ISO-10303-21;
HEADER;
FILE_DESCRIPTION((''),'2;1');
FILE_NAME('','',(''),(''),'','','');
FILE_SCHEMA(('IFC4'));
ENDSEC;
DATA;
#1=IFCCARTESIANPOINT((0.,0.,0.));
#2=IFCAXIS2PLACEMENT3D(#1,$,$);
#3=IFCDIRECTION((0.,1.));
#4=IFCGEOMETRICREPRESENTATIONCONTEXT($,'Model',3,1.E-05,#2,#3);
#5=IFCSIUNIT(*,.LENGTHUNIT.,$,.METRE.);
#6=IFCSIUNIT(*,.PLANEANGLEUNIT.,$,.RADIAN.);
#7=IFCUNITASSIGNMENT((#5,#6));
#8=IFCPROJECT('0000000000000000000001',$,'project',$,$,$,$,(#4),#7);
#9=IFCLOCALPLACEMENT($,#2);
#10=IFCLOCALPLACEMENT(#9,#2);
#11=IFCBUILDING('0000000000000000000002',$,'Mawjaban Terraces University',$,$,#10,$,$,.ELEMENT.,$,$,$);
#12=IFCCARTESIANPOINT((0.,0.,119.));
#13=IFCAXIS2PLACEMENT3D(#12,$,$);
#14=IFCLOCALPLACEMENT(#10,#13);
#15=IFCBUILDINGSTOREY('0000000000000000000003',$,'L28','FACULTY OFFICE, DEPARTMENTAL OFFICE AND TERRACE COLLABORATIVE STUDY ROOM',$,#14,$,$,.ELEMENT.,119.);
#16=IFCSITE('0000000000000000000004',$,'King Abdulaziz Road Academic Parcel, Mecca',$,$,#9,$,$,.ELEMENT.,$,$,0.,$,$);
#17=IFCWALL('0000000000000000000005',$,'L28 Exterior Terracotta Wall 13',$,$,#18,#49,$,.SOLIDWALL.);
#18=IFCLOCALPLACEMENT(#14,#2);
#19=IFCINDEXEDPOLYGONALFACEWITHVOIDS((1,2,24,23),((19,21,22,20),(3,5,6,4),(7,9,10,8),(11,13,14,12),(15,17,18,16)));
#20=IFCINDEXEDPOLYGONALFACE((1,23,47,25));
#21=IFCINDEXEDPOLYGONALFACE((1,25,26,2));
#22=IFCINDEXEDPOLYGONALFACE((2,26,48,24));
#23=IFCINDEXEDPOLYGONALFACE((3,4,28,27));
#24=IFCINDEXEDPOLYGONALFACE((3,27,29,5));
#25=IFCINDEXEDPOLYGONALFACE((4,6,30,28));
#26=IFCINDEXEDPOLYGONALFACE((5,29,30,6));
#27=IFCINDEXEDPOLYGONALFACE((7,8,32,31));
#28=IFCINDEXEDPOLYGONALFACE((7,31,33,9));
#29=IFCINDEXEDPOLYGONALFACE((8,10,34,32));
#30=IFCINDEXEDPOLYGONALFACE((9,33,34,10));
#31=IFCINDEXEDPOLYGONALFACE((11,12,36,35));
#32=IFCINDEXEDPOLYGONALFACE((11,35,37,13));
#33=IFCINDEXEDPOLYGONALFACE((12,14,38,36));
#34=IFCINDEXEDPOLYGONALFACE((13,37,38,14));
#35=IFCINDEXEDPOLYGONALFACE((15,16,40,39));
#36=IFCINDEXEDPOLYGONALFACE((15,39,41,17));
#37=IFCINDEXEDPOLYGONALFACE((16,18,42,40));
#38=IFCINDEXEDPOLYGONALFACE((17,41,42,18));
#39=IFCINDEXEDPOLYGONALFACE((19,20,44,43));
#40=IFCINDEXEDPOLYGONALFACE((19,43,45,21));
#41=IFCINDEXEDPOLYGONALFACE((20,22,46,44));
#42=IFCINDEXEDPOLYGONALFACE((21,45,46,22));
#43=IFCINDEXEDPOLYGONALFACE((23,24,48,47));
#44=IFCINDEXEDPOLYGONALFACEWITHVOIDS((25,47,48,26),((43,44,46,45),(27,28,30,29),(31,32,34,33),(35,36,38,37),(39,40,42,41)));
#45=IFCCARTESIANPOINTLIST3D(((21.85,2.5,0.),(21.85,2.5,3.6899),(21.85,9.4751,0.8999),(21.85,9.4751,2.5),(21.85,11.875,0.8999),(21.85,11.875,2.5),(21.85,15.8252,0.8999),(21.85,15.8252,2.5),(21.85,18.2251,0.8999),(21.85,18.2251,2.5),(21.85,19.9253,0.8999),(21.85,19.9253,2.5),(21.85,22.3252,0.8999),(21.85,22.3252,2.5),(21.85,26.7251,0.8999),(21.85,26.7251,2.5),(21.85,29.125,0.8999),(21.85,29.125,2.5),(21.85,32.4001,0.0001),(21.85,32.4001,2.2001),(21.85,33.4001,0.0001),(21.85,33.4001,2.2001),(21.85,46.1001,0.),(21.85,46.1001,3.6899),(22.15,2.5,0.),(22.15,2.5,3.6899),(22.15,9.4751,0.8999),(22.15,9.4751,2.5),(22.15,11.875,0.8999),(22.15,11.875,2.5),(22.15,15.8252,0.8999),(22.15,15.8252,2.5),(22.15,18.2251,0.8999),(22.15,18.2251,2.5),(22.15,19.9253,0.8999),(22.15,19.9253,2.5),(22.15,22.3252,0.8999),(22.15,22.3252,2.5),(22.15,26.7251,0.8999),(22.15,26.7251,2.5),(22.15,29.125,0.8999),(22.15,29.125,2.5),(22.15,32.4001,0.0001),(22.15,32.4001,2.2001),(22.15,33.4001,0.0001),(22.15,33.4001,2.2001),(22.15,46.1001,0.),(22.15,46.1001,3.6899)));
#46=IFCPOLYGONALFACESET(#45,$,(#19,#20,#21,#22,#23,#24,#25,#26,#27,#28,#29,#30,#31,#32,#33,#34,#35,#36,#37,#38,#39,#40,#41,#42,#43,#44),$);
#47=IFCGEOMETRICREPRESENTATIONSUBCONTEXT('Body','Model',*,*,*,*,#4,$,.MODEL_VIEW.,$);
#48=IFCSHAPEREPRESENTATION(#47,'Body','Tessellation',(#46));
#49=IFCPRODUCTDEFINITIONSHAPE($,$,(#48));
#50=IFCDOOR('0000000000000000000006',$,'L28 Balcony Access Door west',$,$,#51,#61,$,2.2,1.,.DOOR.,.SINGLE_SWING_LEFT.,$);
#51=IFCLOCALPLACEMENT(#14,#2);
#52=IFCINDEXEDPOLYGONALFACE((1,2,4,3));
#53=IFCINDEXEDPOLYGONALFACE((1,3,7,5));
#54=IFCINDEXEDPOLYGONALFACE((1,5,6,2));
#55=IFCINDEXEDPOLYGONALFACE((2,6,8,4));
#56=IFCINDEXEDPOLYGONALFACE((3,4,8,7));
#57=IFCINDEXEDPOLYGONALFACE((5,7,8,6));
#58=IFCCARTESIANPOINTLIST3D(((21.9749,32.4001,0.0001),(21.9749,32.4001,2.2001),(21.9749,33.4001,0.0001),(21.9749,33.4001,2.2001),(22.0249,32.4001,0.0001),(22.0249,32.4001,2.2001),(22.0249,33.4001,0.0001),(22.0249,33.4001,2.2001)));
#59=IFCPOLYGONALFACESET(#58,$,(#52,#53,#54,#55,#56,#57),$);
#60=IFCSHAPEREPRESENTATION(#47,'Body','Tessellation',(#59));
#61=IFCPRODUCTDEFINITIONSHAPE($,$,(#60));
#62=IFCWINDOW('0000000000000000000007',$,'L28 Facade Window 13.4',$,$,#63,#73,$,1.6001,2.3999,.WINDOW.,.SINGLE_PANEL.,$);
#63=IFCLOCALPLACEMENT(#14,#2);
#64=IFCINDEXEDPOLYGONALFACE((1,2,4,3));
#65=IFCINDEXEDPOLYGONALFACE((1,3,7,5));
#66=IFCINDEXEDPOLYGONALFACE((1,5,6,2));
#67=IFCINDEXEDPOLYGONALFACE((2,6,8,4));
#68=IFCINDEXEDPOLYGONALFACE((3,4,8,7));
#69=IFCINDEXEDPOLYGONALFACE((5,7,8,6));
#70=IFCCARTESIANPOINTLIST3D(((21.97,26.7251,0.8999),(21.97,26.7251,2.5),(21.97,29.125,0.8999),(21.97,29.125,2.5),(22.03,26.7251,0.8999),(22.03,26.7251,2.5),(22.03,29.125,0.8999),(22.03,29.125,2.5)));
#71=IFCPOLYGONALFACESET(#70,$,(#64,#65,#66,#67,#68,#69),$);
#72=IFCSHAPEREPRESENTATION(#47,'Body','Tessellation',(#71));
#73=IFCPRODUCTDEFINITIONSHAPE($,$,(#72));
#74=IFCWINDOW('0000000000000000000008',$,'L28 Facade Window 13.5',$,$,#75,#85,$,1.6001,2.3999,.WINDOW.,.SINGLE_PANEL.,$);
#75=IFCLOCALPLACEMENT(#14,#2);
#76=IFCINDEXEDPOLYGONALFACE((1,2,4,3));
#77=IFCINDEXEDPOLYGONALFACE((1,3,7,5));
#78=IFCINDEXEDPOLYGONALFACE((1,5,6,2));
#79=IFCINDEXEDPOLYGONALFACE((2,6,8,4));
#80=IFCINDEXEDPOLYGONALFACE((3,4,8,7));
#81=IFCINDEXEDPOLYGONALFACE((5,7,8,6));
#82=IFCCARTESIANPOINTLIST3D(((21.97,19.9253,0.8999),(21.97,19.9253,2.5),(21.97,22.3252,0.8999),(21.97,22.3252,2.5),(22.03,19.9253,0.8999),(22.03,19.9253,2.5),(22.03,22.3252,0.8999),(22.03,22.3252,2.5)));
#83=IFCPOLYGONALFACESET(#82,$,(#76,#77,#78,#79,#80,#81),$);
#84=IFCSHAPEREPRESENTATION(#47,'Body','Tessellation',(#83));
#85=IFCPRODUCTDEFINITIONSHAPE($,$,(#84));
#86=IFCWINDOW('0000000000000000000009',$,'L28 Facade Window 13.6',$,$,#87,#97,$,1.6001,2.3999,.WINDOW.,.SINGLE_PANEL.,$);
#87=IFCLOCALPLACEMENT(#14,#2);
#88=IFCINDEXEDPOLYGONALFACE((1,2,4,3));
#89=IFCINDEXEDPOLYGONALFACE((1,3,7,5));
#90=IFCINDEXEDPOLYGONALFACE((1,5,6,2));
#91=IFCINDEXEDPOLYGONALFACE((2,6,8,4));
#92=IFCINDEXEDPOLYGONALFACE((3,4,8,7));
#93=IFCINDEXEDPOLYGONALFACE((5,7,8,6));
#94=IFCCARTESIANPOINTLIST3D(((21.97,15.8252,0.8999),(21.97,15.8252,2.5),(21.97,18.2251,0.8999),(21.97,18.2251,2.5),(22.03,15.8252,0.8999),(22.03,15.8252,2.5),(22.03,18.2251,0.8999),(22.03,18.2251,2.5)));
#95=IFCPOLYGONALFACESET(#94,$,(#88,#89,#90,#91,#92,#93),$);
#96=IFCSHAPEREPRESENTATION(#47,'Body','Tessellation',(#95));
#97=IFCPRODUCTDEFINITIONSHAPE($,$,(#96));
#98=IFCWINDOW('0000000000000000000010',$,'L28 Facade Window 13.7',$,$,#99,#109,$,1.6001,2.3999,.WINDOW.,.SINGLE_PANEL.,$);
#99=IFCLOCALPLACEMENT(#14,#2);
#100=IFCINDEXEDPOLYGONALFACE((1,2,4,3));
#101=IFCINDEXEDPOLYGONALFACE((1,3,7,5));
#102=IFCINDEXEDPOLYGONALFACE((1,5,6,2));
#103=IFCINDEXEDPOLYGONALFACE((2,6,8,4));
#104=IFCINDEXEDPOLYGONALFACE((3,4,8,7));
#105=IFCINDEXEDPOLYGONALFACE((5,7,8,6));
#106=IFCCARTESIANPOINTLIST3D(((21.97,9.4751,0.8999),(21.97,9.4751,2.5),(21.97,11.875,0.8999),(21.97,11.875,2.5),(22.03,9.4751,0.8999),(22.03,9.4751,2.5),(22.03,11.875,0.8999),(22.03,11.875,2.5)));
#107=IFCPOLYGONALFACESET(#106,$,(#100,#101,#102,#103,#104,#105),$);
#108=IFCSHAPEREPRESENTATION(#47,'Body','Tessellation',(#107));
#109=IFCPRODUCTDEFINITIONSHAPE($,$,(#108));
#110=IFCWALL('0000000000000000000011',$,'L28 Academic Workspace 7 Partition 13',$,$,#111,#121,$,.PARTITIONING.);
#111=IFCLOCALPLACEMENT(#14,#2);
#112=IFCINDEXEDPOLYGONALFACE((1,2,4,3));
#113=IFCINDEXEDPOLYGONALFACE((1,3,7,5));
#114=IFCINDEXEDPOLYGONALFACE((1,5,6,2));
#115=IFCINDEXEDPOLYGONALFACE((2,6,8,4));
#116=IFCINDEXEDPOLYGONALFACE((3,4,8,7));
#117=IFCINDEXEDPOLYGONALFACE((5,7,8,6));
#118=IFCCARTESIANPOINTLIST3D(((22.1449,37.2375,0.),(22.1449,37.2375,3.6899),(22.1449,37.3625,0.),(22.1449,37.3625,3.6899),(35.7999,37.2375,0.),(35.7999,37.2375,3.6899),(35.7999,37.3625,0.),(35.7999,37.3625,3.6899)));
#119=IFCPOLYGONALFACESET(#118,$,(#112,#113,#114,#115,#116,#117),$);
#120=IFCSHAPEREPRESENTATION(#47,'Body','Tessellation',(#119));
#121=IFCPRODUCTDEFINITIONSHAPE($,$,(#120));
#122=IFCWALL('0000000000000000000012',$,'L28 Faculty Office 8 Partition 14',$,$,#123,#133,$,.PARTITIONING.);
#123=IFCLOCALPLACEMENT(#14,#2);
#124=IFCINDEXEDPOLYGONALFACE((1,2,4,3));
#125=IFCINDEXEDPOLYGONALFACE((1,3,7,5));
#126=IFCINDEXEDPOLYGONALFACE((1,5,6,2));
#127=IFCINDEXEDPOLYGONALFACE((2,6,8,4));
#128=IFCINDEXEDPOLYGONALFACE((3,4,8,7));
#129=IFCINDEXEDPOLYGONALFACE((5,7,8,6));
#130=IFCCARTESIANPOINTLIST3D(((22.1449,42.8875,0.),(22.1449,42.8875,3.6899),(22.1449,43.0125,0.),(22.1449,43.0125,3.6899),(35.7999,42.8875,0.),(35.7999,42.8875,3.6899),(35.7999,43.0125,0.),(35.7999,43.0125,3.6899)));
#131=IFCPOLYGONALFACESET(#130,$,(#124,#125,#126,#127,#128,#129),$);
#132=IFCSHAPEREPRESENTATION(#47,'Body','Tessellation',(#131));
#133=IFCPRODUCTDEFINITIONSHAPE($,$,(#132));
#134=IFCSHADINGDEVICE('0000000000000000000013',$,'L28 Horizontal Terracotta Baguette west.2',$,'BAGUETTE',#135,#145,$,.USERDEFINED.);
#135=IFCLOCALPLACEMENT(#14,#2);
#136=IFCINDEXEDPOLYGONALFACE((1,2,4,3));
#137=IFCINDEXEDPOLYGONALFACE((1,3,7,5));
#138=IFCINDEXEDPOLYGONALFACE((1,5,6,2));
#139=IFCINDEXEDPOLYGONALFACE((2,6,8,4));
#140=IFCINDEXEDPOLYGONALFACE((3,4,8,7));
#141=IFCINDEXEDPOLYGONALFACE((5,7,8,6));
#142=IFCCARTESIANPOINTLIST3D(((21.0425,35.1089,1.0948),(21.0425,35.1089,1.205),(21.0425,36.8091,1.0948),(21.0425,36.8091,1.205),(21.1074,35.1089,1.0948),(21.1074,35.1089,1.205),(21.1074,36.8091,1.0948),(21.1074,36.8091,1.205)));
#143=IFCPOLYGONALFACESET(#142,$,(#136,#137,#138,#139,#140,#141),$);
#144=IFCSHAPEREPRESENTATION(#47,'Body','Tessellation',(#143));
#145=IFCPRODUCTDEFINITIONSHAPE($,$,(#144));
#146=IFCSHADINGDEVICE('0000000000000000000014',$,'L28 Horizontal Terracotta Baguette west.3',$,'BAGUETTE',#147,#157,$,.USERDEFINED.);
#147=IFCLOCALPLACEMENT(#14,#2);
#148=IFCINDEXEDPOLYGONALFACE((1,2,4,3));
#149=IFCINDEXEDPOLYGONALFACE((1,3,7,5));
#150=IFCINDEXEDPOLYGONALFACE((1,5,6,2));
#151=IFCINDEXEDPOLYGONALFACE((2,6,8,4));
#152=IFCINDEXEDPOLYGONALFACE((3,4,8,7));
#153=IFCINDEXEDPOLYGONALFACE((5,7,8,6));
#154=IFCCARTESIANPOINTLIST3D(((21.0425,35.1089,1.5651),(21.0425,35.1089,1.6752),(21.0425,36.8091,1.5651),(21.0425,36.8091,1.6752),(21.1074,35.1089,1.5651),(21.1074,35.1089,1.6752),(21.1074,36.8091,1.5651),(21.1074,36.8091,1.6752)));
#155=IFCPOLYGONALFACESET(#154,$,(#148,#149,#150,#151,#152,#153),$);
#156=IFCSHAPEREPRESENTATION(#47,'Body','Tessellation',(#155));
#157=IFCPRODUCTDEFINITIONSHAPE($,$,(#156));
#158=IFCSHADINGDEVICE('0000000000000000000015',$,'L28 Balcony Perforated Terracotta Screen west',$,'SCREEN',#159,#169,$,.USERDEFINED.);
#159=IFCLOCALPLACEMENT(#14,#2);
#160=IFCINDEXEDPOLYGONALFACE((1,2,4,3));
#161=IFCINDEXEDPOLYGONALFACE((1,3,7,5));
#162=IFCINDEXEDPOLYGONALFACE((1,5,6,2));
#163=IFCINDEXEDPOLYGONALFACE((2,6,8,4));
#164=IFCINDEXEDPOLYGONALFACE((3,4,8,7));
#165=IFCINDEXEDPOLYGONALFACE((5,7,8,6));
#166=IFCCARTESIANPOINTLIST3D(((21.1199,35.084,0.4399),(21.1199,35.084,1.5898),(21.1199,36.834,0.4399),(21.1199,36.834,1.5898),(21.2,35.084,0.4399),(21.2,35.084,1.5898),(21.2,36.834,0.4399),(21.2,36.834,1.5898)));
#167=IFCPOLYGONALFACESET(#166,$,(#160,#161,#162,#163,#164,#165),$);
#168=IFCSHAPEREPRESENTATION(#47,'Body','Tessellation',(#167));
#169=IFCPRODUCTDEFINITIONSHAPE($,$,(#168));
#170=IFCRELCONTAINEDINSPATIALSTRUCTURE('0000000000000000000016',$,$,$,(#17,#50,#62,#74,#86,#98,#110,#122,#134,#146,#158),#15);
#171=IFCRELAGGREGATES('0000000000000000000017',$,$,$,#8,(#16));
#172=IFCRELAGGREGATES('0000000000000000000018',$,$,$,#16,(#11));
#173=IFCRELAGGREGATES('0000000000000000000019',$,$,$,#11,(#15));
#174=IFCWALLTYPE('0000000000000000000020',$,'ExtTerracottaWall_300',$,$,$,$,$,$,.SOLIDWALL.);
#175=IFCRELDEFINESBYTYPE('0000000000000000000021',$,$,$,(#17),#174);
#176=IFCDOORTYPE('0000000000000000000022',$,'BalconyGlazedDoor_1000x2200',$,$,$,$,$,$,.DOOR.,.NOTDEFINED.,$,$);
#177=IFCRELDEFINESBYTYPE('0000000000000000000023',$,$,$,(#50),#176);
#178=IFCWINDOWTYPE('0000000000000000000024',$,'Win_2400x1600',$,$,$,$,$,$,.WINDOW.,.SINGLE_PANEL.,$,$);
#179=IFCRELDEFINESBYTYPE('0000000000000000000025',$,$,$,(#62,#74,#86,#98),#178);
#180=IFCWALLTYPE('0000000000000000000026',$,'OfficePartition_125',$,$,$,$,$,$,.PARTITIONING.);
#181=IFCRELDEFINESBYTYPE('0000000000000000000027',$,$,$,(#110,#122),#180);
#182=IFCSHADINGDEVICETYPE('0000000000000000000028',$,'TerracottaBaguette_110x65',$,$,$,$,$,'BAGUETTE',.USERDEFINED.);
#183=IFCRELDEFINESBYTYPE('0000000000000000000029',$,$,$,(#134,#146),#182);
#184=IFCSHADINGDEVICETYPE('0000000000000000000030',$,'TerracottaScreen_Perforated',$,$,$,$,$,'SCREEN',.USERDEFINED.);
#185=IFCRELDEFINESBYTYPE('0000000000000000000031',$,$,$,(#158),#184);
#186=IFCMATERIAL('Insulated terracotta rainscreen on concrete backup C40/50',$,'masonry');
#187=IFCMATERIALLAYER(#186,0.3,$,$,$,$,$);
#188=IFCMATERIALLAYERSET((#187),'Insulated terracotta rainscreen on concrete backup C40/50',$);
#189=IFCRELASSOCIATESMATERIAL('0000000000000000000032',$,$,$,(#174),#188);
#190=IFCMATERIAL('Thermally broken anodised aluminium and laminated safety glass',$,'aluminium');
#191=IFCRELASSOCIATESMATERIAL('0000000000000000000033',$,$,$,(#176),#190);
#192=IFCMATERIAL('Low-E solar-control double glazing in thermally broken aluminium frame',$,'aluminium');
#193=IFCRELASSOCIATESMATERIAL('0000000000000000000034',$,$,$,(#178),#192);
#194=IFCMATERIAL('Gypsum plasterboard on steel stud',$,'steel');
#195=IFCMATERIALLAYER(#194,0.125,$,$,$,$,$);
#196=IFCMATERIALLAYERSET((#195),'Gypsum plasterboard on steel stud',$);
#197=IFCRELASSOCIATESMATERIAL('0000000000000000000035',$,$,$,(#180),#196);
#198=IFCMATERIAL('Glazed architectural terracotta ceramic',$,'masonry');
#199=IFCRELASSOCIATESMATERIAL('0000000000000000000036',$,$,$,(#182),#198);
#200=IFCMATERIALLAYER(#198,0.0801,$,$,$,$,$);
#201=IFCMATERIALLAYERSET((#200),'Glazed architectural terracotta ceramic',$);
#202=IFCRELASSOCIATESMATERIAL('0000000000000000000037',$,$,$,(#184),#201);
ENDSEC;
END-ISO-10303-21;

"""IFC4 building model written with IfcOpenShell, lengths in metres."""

from ifc_helpers import new_model, si_unit, direction, frame, frame_2d, origin, origin_2d, place, context, subcontext, project, spatial, rectangle, extrude, material, layer, layer_set, material_profile, profile_set, type_object, element, fill, save


model = new_model("IFC4")

# Units and contexts
model_context = context("Model", 3, precision=1e-05, world=origin(), true_north=direction((0.0, 1.0)))
body_context = subcontext(model_context, "Body", "Model", "MODEL_VIEW")
ifc_project = project(units=[si_unit("LENGTHUNIT", "METRE"), si_unit("PLANEANGLEUNIT", "RADIAN")], contexts=[model_context])

# Site, building, storey
site_placement = place(None, origin())
site = spatial("IfcSite", under=ifc_project, at=site_placement, Name="King Abdulaziz Road Academic Parcel, Mecca", CompositionType="ELEMENT", RefElevation=0.0)
building_placement = place(site_placement, origin())
building = spatial("IfcBuilding", under=site, at=building_placement, Name="Mawjaban Terraces University", CompositionType="ELEMENT")
storey_placement = place(building_placement, frame((0.0, 0.0, 119.0)))
storey = spatial("IfcBuildingStorey", under=building, at=storey_placement, Name="L28", Description="FACULTY OFFICE, DEPARTMENTAL OFFICE AND TERRACE COLLABORATIVE STUDY ROOM", CompositionType="ELEMENT", Elevation=119.0)

# Shared definitions
ifc_material_1 = material(Name="Insulated terracotta rainscreen on concrete backup C40/50", Category="masonry")
ifc_layer_1 = layer(ifc_material_1, 0.3)
ifc_layer_set_1 = layer_set([ifc_layer_1], Name="Insulated terracotta rainscreen on concrete backup C40/50")
wall_type_1 = type_object("IfcWallType", Name="ExtTerracottaWall_300", PredefinedType="SOLIDWALL", material=ifc_layer_set_1)
ifc_material_2 = material(Name="Low-E solar-control double glazing in thermally broken aluminium frame", Category="aluminium")

# Wall, openings, door, windows
wall_1_placement = place(storey_placement, frame((22.0, 46.1001, 0.0), z_axis=(0.0, 0.0, 1.0), x_axis=(0.0, -1.0, 0.0)))
wall_1 = element("IfcWall", 1, at=wall_1_placement, inside=storey, type_object=wall_type_1, Name="L28 Exterior Terracotta Wall 13", PredefinedType="SOLIDWALL", context=body_context, shape_type="SweptSolid", body=[
    extrude(rectangle(XDim=43.6001, YDim=0.3, at=frame_2d((21.8, 0.0))), origin(), (0.0, 0.0, 1.0), 3.6899),
])
opening_1_placement = place(wall_1_placement, frame((12.7, 0.0, 0.0)))
opening_1 = element("IfcOpeningElement", 2, at=opening_1_placement, cuts=wall_1, PredefinedType="OPENING", context=body_context, shape_type="SweptSolid", body=[
    extrude(rectangle(XDim=1.0, YDim=2.2, at=frame_2d((0.5, 1.1001))), frame((0.0, 0.1599, 0.0), z_axis=(0.0, -1.0, 0.0), x_axis=(1.0, 0.0, 0.0)), (0.0, 0.0, 1.0), 0.3201),
])
opening_2_placement = place(wall_1_placement, frame((16.9751, 0.0, 0.8999)))
opening_2 = element("IfcOpeningElement", 3, at=opening_2_placement, cuts=wall_1, PredefinedType="OPENING", context=body_context, shape_type="SweptSolid", body=[
    extrude(rectangle(XDim=2.3999, YDim=1.6001, at=frame_2d((1.2, 0.8))), frame((0.0, 0.1599, 0.0), z_axis=(0.0, -1.0, 0.0), x_axis=(1.0, 0.0, 0.0)), (0.0, 0.0, 1.0), 0.3201),
])
opening_3_placement = place(wall_1_placement, frame((23.7749, 0.0, 0.8999)))
opening_3 = element("IfcOpeningElement", 4, at=opening_3_placement, cuts=wall_1, PredefinedType="OPENING", context=body_context, shape_type="SweptSolid", body=[
    extrude(rectangle(XDim=2.3999, YDim=1.6001, at=frame_2d((1.2, 0.8))), frame((0.0, 0.1599, 0.0), z_axis=(0.0, -1.0, 0.0), x_axis=(1.0, 0.0, 0.0)), (0.0, 0.0, 1.0), 0.3201),
])
opening_4_placement = place(wall_1_placement, frame((27.875, 0.0, 0.8999)))
opening_4 = element("IfcOpeningElement", 5, at=opening_4_placement, cuts=wall_1, PredefinedType="OPENING", context=body_context, shape_type="SweptSolid", body=[
    extrude(rectangle(XDim=2.3999, YDim=1.6001, at=frame_2d((1.2, 0.8))), frame((0.0, 0.1599, 0.0), z_axis=(0.0, -1.0, 0.0), x_axis=(1.0, 0.0, 0.0)), (0.0, 0.0, 1.0), 0.3201),
])
opening_5_placement = place(wall_1_placement, frame((34.2251, 0.0, 0.8999)))
opening_5 = element("IfcOpeningElement", 6, at=opening_5_placement, cuts=wall_1, PredefinedType="OPENING", context=body_context, shape_type="SweptSolid", body=[
    extrude(rectangle(XDim=2.3999, YDim=1.6001, at=frame_2d((1.2, 0.8))), frame((0.0, 0.1599, 0.0), z_axis=(0.0, -1.0, 0.0), x_axis=(1.0, 0.0, 0.0)), (0.0, 0.0, 1.0), 0.3201),
])
ifc_material_3 = material(Name="Thermally broken anodised aluminium and laminated safety glass", Category="aluminium")
door_type_1 = type_object("IfcDoorType", Name="BalconyGlazedDoor_1000x2200", OperationType="NOTDEFINED", PredefinedType="DOOR", material=ifc_material_3)
door_1_placement = place(opening_1_placement, origin())
door_1 = element("IfcDoor", 7, at=door_1_placement, inside=storey, type_object=door_type_1, Name="L28 Balcony Access Door west", OperationType="SINGLE_SWING_LEFT", OverallHeight=2.2, OverallWidth=1.0, PredefinedType="DOOR", context=body_context, shape_type="SweptSolid", body=[
    extrude(rectangle(XDim=1.0, YDim=2.2, at=frame_2d((0.5, 1.1001))), frame((0.0, 0.0249, 0.0), z_axis=(0.0, -1.0, 0.0), x_axis=(1.0, 0.0, 0.0)), (0.0, 0.0, 1.0), 0.05),
])
fill(opening_1, door_1)
window_type_1 = type_object("IfcWindowType", Name="Win_2400x1600", PartitioningType="SINGLE_PANEL", PredefinedType="WINDOW", material=ifc_material_2)
window_1_placement = place(opening_2_placement, origin())
window_1 = element("IfcWindow", 8, at=window_1_placement, inside=storey, type_object=window_type_1, Name="L28 Facade Window 13.4", OverallHeight=1.6001, OverallWidth=2.3999, PartitioningType="SINGLE_PANEL", PredefinedType="WINDOW", context=body_context, shape_type="SweptSolid", body=[
    extrude(rectangle(XDim=2.3999, YDim=1.6001, at=frame_2d((1.2, 0.8))), frame((0.0, 0.03, 0.0), z_axis=(0.0, -1.0, 0.0), x_axis=(1.0, 0.0, 0.0)), (0.0, 0.0, 1.0), 0.0601),
])
fill(opening_2, window_1)
window_2_placement = place(opening_3_placement, origin())
window_2 = element("IfcWindow", 9, at=window_2_placement, inside=storey, type_object=window_type_1, Name="L28 Facade Window 13.5", OverallHeight=1.6001, OverallWidth=2.3999, PartitioningType="SINGLE_PANEL", PredefinedType="WINDOW", context=body_context, shape_type="SweptSolid", body=[
    extrude(rectangle(XDim=2.3999, YDim=1.6001, at=frame_2d((1.2, 0.8))), frame((0.0, 0.03, 0.0), z_axis=(0.0, -1.0, 0.0), x_axis=(1.0, 0.0, 0.0)), (0.0, 0.0, 1.0), 0.0601),
])
fill(opening_3, window_2)
window_3_placement = place(opening_4_placement, origin())
window_3 = element("IfcWindow", 10, at=window_3_placement, inside=storey, type_object=window_type_1, Name="L28 Facade Window 13.6", OverallHeight=1.6001, OverallWidth=2.3999, PartitioningType="SINGLE_PANEL", PredefinedType="WINDOW", context=body_context, shape_type="SweptSolid", body=[
    extrude(rectangle(XDim=2.3999, YDim=1.6001, at=frame_2d((1.2, 0.8))), frame((0.0, 0.03, 0.0), z_axis=(0.0, -1.0, 0.0), x_axis=(1.0, 0.0, 0.0)), (0.0, 0.0, 1.0), 0.0601),
])
fill(opening_4, window_3)
window_4_placement = place(opening_5_placement, origin())
window_4 = element("IfcWindow", 11, at=window_4_placement, inside=storey, type_object=window_type_1, Name="L28 Facade Window 13.7", OverallHeight=1.6001, OverallWidth=2.3999, PartitioningType="SINGLE_PANEL", PredefinedType="WINDOW", context=body_context, shape_type="SweptSolid", body=[
    extrude(rectangle(XDim=2.3999, YDim=1.6001, at=frame_2d((1.2, 0.8))), frame((0.0, 0.03, 0.0), z_axis=(0.0, -1.0, 0.0), x_axis=(1.0, 0.0, 0.0)), (0.0, 0.0, 1.0), 0.0601),
])
fill(opening_5, window_4)

# Walls
ifc_material_4 = material(Name="Gypsum plasterboard on steel stud", Category="steel")
ifc_layer_2 = layer(ifc_material_4, 0.125)
ifc_layer_set_2 = layer_set([ifc_layer_2], Name="Gypsum plasterboard on steel stud")
wall_type_2 = type_object("IfcWallType", Name="OfficePartition_125", PredefinedType="PARTITIONING", material=ifc_layer_set_2)
for number, where, z_axis, x_axis, name in (
    (12, (35.8, 37.3, 0.0), (0.0, 0.0, 1.0), (-1.0, 0.0, 0.0), "L28 Academic Workspace 7 Partition 13"),
    (13, (35.8, 42.95, 0.0), (0.0, 0.0, 1.0), (-1.0, 0.0, 0.0), "L28 Faculty Office 8 Partition 14"),
):
    element("IfcWall", number, at=place(storey_placement, frame(where, z_axis=z_axis, x_axis=x_axis)), inside=storey, type_object=wall_type_2, Name=name, PredefinedType="PARTITIONING", context=body_context, shape_type="SweptSolid", body=[
        extrude(rectangle(XDim=13.655, YDim=0.125, at=frame_2d((6.8276, 0.0))), origin(), (0.0, 0.0, 1.0), 3.6899),
    ])

# Shading devices
ifc_material_5 = material(Name="Glazed architectural terracotta ceramic", Category="masonry")
ifc_material_profile_1 = material_profile(ifc_material_5, rectangle(XDim=0.0649, YDim=0.1101, at=origin_2d()), Name="TBAG110X65")
ifc_profile_set_1 = profile_set([ifc_material_profile_1], Name="Glazed architectural terracotta ceramic")
shading_device_type_1 = type_object("IfcShadingDeviceType", Name="TerracottaBaguette_110x65", ElementType="BAGUETTE", PredefinedType="USERDEFINED", material=ifc_profile_set_1)
for number, where, z_axis, x_axis, name in (
    (14, (21.075, 35.1089, 1.1499), (0.0, 1.0, 0.0), (-1.0, 0.0, 0.0), "L28 Horizontal Terracotta Baguette west.2"),
    (15, (21.075, 35.1089, 1.6201), (0.0, 1.0, 0.0), (-1.0, 0.0, 0.0), "L28 Horizontal Terracotta Baguette west.3"),
):
    element("IfcShadingDevice", number, at=place(storey_placement, frame(where, z_axis=z_axis, x_axis=x_axis)), inside=storey, type_object=shading_device_type_1, Name=name, ObjectType="BAGUETTE", PredefinedType="USERDEFINED", context=body_context, shape_type="SweptSolid", body=[
        extrude(rectangle(XDim=0.0649, YDim=0.1101, at=origin_2d()), origin(), (0.0, 0.0, 1.0), 1.7002),
    ])
ifc_layer_3 = layer(ifc_material_5, 0.0801)
ifc_layer_set_3 = layer_set([ifc_layer_3], Name="Glazed architectural terracotta ceramic")
shading_device_type_2 = type_object("IfcShadingDeviceType", Name="TerracottaScreen_Perforated", ElementType="SCREEN", PredefinedType="USERDEFINED", material=ifc_layer_set_3)
shading_device_placement = place(storey_placement, frame((21.1599, 35.959, 0.4399), z_axis=(0.0, 0.0, 1.0), x_axis=(0.0, 1.0, 0.0)))
element("IfcShadingDevice", 16, at=shading_device_placement, inside=storey, type_object=shading_device_type_2, Name="L28 Balcony Perforated Terracotta Screen west", ObjectType="SCREEN", PredefinedType="USERDEFINED", context=body_context, shape_type="SweptSolid", body=[
    extrude(rectangle(XDim=1.75, YDim=0.0801, at=origin_2d()), origin(), (0.0, 0.0, 1.0), 1.1499),
])

save(model, "model.ifc")
